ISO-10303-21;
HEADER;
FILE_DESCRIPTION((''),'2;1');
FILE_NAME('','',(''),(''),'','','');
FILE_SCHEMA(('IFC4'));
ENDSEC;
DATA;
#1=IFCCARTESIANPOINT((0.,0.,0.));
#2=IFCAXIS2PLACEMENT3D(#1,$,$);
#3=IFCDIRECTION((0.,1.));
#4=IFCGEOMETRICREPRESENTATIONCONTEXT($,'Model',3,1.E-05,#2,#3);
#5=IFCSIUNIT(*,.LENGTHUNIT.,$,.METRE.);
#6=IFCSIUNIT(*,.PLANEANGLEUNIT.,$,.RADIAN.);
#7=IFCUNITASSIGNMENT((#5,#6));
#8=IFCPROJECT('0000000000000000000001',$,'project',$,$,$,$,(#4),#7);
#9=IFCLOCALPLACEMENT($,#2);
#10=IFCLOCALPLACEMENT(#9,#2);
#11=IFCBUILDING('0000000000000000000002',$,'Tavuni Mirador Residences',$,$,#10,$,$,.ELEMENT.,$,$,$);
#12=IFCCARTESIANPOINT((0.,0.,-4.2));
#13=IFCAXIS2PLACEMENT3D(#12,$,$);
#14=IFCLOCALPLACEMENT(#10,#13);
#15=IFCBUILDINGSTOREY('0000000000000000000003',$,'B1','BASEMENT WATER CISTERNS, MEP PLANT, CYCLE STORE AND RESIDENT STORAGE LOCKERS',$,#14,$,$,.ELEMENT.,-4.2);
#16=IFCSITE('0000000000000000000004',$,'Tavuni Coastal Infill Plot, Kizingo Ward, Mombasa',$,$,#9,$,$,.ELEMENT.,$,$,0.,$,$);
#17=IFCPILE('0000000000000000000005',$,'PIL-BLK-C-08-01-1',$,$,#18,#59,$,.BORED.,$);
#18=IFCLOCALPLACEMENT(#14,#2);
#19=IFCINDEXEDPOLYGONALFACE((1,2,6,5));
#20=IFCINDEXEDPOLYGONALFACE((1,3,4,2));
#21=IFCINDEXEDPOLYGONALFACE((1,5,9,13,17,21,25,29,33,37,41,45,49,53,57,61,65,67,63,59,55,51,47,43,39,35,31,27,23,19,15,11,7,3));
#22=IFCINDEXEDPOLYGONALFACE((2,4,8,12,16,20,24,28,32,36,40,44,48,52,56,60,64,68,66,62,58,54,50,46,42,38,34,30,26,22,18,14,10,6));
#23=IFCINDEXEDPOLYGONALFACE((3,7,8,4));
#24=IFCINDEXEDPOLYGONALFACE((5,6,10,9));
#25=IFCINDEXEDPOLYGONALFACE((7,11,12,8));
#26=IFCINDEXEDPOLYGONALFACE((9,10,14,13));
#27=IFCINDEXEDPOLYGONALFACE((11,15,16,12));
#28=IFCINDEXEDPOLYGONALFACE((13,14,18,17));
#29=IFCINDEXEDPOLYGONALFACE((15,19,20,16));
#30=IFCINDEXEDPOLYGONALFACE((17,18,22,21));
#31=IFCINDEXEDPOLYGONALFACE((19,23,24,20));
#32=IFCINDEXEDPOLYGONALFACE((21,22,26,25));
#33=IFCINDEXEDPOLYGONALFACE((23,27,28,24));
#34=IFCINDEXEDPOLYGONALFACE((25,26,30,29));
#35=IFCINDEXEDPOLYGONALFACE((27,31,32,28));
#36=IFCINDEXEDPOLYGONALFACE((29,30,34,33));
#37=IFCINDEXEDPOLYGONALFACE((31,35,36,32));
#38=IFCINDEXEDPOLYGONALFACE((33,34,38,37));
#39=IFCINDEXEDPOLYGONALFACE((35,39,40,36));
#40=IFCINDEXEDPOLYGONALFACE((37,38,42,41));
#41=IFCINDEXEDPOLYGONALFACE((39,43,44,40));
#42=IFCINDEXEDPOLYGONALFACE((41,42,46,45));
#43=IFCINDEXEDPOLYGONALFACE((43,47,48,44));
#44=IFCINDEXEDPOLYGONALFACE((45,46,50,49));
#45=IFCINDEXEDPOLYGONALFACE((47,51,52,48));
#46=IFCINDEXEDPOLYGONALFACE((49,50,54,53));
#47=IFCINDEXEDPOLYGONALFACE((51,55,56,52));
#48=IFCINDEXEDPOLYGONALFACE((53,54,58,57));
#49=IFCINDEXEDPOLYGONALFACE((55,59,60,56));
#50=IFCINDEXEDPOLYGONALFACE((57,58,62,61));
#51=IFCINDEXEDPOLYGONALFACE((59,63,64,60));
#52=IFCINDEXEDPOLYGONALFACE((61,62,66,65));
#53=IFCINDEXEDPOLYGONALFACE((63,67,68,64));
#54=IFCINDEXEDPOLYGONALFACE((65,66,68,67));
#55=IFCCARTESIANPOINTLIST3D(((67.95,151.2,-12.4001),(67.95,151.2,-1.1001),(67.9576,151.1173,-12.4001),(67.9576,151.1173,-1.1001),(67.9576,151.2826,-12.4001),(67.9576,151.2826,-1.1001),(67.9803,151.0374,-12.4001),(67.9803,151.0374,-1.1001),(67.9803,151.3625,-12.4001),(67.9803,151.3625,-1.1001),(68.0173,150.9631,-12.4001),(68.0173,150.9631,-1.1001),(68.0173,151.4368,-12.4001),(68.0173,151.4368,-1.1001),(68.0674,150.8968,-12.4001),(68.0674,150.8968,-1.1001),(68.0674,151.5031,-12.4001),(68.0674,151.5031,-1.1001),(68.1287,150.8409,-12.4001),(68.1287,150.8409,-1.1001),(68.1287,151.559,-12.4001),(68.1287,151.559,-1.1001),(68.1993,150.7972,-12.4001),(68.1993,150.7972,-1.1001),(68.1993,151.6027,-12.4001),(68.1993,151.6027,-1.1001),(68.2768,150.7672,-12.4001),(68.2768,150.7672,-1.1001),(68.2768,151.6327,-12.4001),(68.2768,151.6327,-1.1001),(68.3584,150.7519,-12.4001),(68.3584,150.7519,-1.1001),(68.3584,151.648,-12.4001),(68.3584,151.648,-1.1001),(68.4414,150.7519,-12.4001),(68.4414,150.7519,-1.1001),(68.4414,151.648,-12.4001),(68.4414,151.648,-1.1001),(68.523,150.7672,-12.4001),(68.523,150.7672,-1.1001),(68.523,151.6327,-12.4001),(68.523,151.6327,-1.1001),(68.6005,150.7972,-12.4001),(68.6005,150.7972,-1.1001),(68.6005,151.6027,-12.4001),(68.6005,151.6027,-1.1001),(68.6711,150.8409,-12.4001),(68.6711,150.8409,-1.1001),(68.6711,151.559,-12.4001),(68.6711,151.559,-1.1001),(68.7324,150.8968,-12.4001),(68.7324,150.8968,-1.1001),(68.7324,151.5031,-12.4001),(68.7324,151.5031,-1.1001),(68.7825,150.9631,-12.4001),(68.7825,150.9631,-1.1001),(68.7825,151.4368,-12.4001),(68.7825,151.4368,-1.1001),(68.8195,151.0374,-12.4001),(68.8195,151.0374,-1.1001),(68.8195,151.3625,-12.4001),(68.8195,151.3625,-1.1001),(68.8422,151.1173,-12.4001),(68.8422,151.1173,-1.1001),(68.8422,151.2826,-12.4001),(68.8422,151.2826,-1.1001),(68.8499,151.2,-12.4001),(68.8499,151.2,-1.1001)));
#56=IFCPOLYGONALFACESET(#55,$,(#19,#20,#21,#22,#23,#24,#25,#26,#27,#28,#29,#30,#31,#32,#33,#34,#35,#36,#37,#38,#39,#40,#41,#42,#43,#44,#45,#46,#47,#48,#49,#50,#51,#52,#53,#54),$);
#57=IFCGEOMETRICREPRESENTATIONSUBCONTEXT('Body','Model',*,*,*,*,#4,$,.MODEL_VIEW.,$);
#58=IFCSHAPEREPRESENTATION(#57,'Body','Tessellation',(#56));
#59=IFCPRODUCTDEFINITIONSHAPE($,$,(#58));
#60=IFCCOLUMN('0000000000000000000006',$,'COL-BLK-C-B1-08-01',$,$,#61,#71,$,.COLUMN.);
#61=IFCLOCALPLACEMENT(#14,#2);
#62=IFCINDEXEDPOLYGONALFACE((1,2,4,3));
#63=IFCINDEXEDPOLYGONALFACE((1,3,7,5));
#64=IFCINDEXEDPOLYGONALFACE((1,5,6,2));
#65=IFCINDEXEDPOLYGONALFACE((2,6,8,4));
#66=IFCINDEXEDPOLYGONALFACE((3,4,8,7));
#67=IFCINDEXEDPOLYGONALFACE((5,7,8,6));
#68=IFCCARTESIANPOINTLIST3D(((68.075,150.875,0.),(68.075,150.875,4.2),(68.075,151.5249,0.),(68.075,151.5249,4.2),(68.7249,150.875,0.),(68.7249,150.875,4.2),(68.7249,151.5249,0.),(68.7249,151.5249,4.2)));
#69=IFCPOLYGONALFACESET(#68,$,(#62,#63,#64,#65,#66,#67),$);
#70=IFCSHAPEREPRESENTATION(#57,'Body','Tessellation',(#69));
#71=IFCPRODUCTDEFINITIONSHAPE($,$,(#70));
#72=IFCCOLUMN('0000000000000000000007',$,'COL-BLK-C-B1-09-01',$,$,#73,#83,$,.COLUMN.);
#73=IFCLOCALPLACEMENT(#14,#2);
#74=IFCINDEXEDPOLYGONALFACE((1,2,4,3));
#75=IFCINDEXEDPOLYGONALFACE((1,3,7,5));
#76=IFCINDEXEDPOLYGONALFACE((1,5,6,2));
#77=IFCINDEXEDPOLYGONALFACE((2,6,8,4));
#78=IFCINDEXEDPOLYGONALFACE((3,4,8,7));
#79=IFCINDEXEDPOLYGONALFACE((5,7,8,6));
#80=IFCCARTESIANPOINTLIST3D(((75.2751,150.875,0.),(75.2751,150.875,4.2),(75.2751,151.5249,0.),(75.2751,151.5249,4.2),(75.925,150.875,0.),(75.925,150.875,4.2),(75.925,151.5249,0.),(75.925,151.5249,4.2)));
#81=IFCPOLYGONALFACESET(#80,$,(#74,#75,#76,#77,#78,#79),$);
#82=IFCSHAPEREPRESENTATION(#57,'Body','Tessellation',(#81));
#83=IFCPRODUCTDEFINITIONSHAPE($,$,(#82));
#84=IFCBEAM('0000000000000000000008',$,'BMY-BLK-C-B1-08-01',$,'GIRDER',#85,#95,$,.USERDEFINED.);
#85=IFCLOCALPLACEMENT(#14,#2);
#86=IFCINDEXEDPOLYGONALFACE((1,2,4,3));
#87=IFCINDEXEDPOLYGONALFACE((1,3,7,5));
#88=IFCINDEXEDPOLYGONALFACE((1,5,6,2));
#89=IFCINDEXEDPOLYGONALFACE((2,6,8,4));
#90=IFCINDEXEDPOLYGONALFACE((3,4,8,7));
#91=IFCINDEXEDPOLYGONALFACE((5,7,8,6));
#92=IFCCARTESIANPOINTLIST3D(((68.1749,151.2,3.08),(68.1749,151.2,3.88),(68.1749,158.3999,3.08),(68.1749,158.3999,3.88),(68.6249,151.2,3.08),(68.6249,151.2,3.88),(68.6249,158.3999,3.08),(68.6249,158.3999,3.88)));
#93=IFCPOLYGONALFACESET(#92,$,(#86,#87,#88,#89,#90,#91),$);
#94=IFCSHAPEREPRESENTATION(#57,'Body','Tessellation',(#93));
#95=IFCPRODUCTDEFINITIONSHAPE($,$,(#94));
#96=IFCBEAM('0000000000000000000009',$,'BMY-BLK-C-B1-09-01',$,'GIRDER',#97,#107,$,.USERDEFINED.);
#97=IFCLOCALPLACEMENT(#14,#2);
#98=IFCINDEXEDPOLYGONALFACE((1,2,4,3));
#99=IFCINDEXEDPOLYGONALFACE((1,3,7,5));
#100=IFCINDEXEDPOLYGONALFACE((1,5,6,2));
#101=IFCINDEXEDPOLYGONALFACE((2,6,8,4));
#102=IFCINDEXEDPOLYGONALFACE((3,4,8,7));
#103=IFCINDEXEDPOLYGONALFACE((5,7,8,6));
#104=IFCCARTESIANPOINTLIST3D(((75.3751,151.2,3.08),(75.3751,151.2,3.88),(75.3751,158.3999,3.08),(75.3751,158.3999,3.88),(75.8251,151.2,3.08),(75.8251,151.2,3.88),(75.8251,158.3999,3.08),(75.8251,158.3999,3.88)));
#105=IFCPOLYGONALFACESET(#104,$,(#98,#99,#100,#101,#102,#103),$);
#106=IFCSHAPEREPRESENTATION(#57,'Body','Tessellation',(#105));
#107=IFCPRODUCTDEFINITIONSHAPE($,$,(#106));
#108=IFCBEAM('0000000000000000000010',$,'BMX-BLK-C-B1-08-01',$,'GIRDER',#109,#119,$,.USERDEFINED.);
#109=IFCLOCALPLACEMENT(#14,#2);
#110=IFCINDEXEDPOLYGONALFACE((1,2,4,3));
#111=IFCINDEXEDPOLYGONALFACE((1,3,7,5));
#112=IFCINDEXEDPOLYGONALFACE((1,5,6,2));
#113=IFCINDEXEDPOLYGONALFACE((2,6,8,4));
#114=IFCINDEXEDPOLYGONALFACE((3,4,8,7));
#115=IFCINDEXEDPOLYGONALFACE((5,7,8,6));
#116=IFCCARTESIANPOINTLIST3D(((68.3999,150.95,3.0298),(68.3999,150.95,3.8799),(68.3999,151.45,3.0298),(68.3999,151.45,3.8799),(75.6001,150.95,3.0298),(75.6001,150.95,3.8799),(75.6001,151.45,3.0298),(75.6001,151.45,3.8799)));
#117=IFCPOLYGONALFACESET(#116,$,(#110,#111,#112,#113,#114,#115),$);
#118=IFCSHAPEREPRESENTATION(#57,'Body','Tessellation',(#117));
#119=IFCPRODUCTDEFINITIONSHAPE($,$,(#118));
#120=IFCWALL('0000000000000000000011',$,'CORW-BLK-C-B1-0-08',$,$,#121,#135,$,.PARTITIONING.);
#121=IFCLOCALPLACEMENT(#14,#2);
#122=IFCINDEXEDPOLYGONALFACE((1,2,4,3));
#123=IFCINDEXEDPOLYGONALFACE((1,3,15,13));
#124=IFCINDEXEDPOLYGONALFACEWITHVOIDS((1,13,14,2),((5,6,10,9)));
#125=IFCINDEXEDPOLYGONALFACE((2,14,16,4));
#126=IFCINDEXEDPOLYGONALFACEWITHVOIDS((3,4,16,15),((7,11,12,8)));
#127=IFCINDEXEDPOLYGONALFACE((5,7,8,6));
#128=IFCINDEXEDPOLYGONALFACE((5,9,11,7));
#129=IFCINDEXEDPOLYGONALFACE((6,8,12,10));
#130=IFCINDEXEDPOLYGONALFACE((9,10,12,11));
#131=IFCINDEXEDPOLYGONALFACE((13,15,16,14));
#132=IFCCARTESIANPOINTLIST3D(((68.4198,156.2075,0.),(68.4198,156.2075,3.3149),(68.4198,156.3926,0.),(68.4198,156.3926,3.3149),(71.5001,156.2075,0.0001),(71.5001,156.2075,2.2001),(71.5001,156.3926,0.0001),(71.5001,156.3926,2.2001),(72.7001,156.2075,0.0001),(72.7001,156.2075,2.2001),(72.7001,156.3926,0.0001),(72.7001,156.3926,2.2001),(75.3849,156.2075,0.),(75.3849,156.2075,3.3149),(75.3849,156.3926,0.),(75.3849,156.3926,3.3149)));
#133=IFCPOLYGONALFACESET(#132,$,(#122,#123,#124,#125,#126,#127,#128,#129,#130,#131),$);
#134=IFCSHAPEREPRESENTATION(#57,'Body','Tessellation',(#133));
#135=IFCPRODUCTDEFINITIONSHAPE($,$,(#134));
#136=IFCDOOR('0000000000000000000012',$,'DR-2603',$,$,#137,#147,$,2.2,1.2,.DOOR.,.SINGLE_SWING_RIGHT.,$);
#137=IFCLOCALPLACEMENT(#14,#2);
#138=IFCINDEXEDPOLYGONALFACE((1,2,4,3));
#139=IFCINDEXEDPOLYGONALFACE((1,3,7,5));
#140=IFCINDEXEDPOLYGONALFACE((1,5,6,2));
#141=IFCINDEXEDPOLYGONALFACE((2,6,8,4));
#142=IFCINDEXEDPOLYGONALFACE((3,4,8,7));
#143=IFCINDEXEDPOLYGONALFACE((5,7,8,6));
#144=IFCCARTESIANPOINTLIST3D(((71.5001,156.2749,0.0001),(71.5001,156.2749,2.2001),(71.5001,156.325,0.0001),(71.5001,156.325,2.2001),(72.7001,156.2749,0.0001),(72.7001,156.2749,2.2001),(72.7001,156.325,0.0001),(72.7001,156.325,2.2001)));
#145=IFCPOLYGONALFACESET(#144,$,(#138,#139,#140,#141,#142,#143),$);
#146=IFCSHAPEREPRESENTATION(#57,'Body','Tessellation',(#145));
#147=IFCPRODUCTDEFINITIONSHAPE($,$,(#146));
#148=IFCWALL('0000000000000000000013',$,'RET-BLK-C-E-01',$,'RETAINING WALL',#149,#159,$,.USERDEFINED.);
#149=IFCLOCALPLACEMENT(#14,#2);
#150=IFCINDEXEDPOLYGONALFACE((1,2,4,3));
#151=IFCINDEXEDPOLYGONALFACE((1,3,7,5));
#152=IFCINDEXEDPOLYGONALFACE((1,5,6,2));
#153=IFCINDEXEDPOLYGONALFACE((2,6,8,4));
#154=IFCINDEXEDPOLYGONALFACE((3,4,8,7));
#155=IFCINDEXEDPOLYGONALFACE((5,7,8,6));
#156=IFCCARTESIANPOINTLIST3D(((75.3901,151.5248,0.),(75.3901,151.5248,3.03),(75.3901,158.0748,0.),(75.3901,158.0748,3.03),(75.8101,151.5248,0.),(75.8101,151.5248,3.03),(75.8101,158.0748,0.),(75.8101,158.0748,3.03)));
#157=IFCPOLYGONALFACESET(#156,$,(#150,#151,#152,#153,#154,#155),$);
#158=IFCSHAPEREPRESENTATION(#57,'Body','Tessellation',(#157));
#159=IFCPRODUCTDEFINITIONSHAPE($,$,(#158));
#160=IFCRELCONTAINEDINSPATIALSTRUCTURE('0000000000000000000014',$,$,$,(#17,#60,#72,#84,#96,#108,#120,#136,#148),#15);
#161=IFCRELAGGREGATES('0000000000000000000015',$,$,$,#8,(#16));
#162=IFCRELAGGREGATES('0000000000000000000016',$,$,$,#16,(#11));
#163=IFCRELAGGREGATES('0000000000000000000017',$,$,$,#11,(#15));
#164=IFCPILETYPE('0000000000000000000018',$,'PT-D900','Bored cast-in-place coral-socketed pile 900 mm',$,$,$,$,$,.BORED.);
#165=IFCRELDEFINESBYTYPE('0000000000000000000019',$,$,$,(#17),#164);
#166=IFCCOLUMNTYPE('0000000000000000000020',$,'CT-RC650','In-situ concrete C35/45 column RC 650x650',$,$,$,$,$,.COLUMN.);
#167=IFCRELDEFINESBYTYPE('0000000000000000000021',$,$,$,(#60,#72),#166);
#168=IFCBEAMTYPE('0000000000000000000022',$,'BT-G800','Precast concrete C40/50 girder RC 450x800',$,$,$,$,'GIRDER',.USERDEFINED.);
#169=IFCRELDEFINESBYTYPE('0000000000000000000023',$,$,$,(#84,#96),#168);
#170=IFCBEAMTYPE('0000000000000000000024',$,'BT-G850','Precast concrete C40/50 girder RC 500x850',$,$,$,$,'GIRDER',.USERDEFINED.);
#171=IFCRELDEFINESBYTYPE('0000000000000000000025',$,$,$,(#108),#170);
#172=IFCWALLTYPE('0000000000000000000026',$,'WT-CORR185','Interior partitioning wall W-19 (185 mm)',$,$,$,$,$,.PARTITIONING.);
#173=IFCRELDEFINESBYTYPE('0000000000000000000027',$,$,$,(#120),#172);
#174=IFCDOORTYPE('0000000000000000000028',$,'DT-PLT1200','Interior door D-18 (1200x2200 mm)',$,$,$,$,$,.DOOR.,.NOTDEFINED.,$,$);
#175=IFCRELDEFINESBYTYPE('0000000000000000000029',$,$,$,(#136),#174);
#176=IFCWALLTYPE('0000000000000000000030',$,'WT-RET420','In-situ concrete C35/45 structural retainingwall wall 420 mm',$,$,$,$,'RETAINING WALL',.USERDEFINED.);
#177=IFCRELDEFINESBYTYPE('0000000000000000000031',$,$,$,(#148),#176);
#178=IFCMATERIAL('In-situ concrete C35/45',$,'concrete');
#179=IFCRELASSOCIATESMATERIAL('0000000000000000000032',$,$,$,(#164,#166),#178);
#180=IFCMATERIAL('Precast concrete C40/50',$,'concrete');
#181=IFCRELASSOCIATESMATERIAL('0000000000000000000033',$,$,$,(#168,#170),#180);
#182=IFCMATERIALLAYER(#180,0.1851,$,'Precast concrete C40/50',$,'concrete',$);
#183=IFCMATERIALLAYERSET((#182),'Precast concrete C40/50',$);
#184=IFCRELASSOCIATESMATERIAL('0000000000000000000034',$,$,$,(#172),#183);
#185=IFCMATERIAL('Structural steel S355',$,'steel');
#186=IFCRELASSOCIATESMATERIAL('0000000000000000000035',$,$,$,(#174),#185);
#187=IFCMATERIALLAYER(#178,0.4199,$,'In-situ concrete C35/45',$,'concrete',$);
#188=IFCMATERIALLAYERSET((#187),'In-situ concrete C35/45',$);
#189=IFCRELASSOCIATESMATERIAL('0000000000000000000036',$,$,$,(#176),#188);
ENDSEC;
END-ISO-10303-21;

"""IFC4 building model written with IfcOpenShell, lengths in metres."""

from ifc_helpers import new_model, si_unit, direction, frame, frame_2d, origin, origin_2d, place, context, subcontext, project, spatial, rectangle, circle, extrude, material, layer, layer_set, material_profile, profile_set, type_object, element, fill, save


model = new_model("IFC4")

# Units and contexts
model_context = context("Model", 3, precision=1e-05, world=origin(), true_north=direction((0.0, 1.0)))
body_context = subcontext(model_context, "Body", "Model", "MODEL_VIEW")
ifc_project = project(units=[si_unit("LENGTHUNIT", "METRE"), si_unit("PLANEANGLEUNIT", "RADIAN")], contexts=[model_context])

# Site, building, storey
site_placement = place(None, origin())
site = spatial("IfcSite", under=ifc_project, at=site_placement, Name="Tavuni Coastal Infill Plot, Kizingo Ward, Mombasa", CompositionType="ELEMENT", RefElevation=0.0)
building_placement = place(site_placement, origin())
building = spatial("IfcBuilding", under=site, at=building_placement, Name="Tavuni Mirador Residences", CompositionType="ELEMENT")
storey_placement = place(building_placement, frame((0.0, 0.0, -4.2)))
storey = spatial("IfcBuildingStorey", under=building, at=storey_placement, Name="B1", Description="BASEMENT WATER CISTERNS, MEP PLANT, CYCLE STORE AND RESIDENT STORAGE LOCKERS", CompositionType="ELEMENT", Elevation=-4.2)

# Shared definitions
ifc_material_1 = material(Name="In-situ concrete C35/45", Category="concrete")

# Pile
ifc_material_profile_1 = material_profile(ifc_material_1, circle(Radius=0.45, at=origin_2d()), Name="PILE D900", Category="concrete")
ifc_profile_set_1 = profile_set([ifc_material_profile_1], Name="In-situ concrete C35/45")
pile_type_1 = type_object("IfcPileType", Name="PT-D900", Description="Bored cast-in-place coral-socketed pile 900 mm", PredefinedType="BORED", material=ifc_profile_set_1)
pile_1_placement = place(storey_placement, frame((68.3999, 151.2, -1.1001), z_axis=(0.0, 0.0, -1.0), x_axis=(1.0, 0.0, 0.0)))
element("IfcPile", 1, at=pile_1_placement, inside=storey, type_object=pile_type_1, Name="PIL-BLK-C-08-01-1", PredefinedType="BORED", context=body_context, shape_type="SweptSolid", body=[
    extrude(circle(Radius=0.45, at=origin_2d()), origin(), (0.0, 0.0, 1.0), 11.3),
])

# Columns
ifc_material_profile_2 = material_profile(ifc_material_1, rectangle(XDim=0.6499, YDim=0.6499, at=origin_2d()), Name="RC 650x650", Category="concrete")
ifc_profile_set_2 = profile_set([ifc_material_profile_2], Name="In-situ concrete C35/45")
column_type = type_object("IfcColumnType", Name="CT-RC650", Description="In-situ concrete C35/45 column RC 650x650", PredefinedType="COLUMN", material=ifc_profile_set_2)
for number, where, z_axis, x_axis, name in (
    (2, (68.3999, 151.2, 0.0), (0.0, 0.0, 1.0), (1.0, 0.0, 0.0), "COL-BLK-C-B1-08-01"),
    (3, (75.6001, 151.2, 0.0), (0.0, 0.0, 1.0), (1.0, 0.0, 0.0), "COL-BLK-C-B1-09-01"),
):
    element("IfcColumn", number, at=place(storey_placement, frame(where, z_axis=z_axis, x_axis=x_axis)), inside=storey, type_object=column_type, Name=name, PredefinedType="COLUMN", context=body_context, shape_type="SweptSolid", body=[
        extrude(rectangle(XDim=0.6499, YDim=0.6499, at=origin_2d()), origin(), (0.0, 0.0, 1.0), 4.2),
    ])

# Beams
ifc_material_2 = material(Name="Precast concrete C40/50", Category="concrete")
ifc_material_profile_3 = material_profile(ifc_material_2, rectangle(XDim=0.45, YDim=0.8, at=origin_2d()), Name="RC 450x800", Category="concrete")
ifc_profile_set_3 = profile_set([ifc_material_profile_3], Name="Precast concrete C40/50")
beam_type_1 = type_object("IfcBeamType", Name="BT-G800", Description="Precast concrete C40/50 girder RC 450x800", ElementType="GIRDER", PredefinedType="USERDEFINED", material=ifc_profile_set_3)
for number, where, z_axis, x_axis, name in (
    (4, (68.3999, 151.2, 3.48), (0.0, 1.0, 0.0), (-1.0, 0.0, 0.0), "BMY-BLK-C-B1-08-01"),
    (5, (75.6001, 151.2, 3.48), (0.0, 1.0, 0.0), (-1.0, 0.0, 0.0), "BMY-BLK-C-B1-09-01"),
):
    element("IfcBeam", number, at=place(storey_placement, frame(where, z_axis=z_axis, x_axis=x_axis)), inside=storey, type_object=beam_type_1, Name=name, ObjectType="GIRDER", PredefinedType="USERDEFINED", context=body_context, shape_type="SweptSolid", body=[
        extrude(rectangle(XDim=0.45, YDim=0.8, at=origin_2d()), origin(), (0.0, 0.0, 1.0), 7.2),
    ])
ifc_material_profile_4 = material_profile(ifc_material_2, rectangle(XDim=0.5, YDim=0.8501, at=origin_2d()), Name="RC 500x850", Category="concrete")
ifc_profile_set_4 = profile_set([ifc_material_profile_4], Name="Precast concrete C40/50")
beam_type_2 = type_object("IfcBeamType", Name="BT-G850", Description="Precast concrete C40/50 girder RC 500x850", ElementType="GIRDER", PredefinedType="USERDEFINED", material=ifc_profile_set_4)
beam_placement = place(storey_placement, frame((68.3999, 151.2, 3.4548), z_axis=(1.0, 0.0, 0.0), x_axis=(0.0, 1.0, 0.0)))
element("IfcBeam", 6, at=beam_placement, inside=storey, type_object=beam_type_2, Name="BMX-BLK-C-B1-08-01", ObjectType="GIRDER", PredefinedType="USERDEFINED", context=body_context, shape_type="SweptSolid", body=[
    extrude(rectangle(XDim=0.5, YDim=0.8501, at=origin_2d()), origin(), (0.0, 0.0, 1.0), 7.2002),
])

# Wall, opening, door
ifc_layer_1 = layer(ifc_material_2, 0.1851, Name="Precast concrete C40/50", Category="concrete")
ifc_layer_set_1 = layer_set([ifc_layer_1], Name="Precast concrete C40/50")
wall_type_1 = type_object("IfcWallType", Name="WT-CORR185", Description="Interior partitioning wall W-19 (185 mm)", PredefinedType="PARTITIONING", material=ifc_layer_set_1)
wall_1_placement = place(storey_placement, frame((68.4199, 156.3, 0.0), z_axis=(0.0, 0.0, 1.0), x_axis=(1.0, 0.0, 0.0)))
wall_1 = element("IfcWall", 7, at=wall_1_placement, inside=storey, type_object=wall_type_1, Name="CORW-BLK-C-B1-0-08", PredefinedType="PARTITIONING", context=body_context, shape_type="SweptSolid", body=[
    extrude(rectangle(XDim=6.9651, YDim=0.1851, at=frame_2d((3.4824, 0.0))), origin(), (0.0, 0.0, 1.0), 3.3149),
])
opening_placement = place(wall_1_placement, frame((3.0801, 0.0, 0.0)))
opening = element("IfcOpeningElement", 8, at=opening_placement, cuts=wall_1, PredefinedType="OPENING", context=body_context, shape_type="SweptSolid", body=[
    extrude(rectangle(XDim=1.2, YDim=2.2, at=frame_2d((0.6001, 1.1001))), frame((0.0, 0.1025, 0.0), z_axis=(0.0, -1.0, 0.0), x_axis=(1.0, 0.0, 0.0)), (0.0, 0.0, 1.0), 0.2051),
])
ifc_material_3 = material(Name="Structural steel S355", Category="steel")
door_type = type_object("IfcDoorType", Name="DT-PLT1200", Description="Interior door D-18 (1200x2200 mm)", OperationType="NOTDEFINED", PredefinedType="DOOR", material=ifc_material_3)
door_placement = place(opening_placement, origin())
door = element("IfcDoor", 9, at=door_placement, inside=storey, type_object=door_type, Name="DR-2603", OperationType="SINGLE_SWING_RIGHT", OverallHeight=2.2, OverallWidth=1.2, PredefinedType="DOOR", context=body_context, shape_type="SweptSolid", body=[
    extrude(rectangle(XDim=1.2, YDim=2.2, at=frame_2d((0.6001, 1.1001))), frame((0.0, 0.0249, 0.0), z_axis=(0.0, -1.0, 0.0), x_axis=(1.0, 0.0, 0.0)), (0.0, 0.0, 1.0), 0.05),
])
fill(opening, door)

# Wall
ifc_layer_2 = layer(ifc_material_1, 0.4199, Name="In-situ concrete C35/45", Category="concrete")
ifc_layer_set_2 = layer_set([ifc_layer_2], Name="In-situ concrete C35/45")
wall_type_2 = type_object("IfcWallType", Name="WT-RET420", Description="In-situ concrete C35/45 structural retainingwall wall 420 mm", ElementType="RETAINING WALL", PredefinedType="USERDEFINED", material=ifc_layer_set_2)
wall_2_placement = place(storey_placement, frame((75.6001, 151.5249, 0.0), z_axis=(0.0, 0.0, 1.0), x_axis=(0.0, 1.0, 0.0)))
element("IfcWall", 10, at=wall_2_placement, inside=storey, type_object=wall_type_2, Name="RET-BLK-C-E-01", ObjectType="RETAINING WALL", PredefinedType="USERDEFINED", context=body_context, shape_type="SweptSolid", body=[
    extrude(rectangle(XDim=6.55, YDim=0.4199, at=frame_2d((3.2749, 0.0))), origin(), (0.0, 0.0, 1.0), 3.03),
])

save(model, "model.ifc")
